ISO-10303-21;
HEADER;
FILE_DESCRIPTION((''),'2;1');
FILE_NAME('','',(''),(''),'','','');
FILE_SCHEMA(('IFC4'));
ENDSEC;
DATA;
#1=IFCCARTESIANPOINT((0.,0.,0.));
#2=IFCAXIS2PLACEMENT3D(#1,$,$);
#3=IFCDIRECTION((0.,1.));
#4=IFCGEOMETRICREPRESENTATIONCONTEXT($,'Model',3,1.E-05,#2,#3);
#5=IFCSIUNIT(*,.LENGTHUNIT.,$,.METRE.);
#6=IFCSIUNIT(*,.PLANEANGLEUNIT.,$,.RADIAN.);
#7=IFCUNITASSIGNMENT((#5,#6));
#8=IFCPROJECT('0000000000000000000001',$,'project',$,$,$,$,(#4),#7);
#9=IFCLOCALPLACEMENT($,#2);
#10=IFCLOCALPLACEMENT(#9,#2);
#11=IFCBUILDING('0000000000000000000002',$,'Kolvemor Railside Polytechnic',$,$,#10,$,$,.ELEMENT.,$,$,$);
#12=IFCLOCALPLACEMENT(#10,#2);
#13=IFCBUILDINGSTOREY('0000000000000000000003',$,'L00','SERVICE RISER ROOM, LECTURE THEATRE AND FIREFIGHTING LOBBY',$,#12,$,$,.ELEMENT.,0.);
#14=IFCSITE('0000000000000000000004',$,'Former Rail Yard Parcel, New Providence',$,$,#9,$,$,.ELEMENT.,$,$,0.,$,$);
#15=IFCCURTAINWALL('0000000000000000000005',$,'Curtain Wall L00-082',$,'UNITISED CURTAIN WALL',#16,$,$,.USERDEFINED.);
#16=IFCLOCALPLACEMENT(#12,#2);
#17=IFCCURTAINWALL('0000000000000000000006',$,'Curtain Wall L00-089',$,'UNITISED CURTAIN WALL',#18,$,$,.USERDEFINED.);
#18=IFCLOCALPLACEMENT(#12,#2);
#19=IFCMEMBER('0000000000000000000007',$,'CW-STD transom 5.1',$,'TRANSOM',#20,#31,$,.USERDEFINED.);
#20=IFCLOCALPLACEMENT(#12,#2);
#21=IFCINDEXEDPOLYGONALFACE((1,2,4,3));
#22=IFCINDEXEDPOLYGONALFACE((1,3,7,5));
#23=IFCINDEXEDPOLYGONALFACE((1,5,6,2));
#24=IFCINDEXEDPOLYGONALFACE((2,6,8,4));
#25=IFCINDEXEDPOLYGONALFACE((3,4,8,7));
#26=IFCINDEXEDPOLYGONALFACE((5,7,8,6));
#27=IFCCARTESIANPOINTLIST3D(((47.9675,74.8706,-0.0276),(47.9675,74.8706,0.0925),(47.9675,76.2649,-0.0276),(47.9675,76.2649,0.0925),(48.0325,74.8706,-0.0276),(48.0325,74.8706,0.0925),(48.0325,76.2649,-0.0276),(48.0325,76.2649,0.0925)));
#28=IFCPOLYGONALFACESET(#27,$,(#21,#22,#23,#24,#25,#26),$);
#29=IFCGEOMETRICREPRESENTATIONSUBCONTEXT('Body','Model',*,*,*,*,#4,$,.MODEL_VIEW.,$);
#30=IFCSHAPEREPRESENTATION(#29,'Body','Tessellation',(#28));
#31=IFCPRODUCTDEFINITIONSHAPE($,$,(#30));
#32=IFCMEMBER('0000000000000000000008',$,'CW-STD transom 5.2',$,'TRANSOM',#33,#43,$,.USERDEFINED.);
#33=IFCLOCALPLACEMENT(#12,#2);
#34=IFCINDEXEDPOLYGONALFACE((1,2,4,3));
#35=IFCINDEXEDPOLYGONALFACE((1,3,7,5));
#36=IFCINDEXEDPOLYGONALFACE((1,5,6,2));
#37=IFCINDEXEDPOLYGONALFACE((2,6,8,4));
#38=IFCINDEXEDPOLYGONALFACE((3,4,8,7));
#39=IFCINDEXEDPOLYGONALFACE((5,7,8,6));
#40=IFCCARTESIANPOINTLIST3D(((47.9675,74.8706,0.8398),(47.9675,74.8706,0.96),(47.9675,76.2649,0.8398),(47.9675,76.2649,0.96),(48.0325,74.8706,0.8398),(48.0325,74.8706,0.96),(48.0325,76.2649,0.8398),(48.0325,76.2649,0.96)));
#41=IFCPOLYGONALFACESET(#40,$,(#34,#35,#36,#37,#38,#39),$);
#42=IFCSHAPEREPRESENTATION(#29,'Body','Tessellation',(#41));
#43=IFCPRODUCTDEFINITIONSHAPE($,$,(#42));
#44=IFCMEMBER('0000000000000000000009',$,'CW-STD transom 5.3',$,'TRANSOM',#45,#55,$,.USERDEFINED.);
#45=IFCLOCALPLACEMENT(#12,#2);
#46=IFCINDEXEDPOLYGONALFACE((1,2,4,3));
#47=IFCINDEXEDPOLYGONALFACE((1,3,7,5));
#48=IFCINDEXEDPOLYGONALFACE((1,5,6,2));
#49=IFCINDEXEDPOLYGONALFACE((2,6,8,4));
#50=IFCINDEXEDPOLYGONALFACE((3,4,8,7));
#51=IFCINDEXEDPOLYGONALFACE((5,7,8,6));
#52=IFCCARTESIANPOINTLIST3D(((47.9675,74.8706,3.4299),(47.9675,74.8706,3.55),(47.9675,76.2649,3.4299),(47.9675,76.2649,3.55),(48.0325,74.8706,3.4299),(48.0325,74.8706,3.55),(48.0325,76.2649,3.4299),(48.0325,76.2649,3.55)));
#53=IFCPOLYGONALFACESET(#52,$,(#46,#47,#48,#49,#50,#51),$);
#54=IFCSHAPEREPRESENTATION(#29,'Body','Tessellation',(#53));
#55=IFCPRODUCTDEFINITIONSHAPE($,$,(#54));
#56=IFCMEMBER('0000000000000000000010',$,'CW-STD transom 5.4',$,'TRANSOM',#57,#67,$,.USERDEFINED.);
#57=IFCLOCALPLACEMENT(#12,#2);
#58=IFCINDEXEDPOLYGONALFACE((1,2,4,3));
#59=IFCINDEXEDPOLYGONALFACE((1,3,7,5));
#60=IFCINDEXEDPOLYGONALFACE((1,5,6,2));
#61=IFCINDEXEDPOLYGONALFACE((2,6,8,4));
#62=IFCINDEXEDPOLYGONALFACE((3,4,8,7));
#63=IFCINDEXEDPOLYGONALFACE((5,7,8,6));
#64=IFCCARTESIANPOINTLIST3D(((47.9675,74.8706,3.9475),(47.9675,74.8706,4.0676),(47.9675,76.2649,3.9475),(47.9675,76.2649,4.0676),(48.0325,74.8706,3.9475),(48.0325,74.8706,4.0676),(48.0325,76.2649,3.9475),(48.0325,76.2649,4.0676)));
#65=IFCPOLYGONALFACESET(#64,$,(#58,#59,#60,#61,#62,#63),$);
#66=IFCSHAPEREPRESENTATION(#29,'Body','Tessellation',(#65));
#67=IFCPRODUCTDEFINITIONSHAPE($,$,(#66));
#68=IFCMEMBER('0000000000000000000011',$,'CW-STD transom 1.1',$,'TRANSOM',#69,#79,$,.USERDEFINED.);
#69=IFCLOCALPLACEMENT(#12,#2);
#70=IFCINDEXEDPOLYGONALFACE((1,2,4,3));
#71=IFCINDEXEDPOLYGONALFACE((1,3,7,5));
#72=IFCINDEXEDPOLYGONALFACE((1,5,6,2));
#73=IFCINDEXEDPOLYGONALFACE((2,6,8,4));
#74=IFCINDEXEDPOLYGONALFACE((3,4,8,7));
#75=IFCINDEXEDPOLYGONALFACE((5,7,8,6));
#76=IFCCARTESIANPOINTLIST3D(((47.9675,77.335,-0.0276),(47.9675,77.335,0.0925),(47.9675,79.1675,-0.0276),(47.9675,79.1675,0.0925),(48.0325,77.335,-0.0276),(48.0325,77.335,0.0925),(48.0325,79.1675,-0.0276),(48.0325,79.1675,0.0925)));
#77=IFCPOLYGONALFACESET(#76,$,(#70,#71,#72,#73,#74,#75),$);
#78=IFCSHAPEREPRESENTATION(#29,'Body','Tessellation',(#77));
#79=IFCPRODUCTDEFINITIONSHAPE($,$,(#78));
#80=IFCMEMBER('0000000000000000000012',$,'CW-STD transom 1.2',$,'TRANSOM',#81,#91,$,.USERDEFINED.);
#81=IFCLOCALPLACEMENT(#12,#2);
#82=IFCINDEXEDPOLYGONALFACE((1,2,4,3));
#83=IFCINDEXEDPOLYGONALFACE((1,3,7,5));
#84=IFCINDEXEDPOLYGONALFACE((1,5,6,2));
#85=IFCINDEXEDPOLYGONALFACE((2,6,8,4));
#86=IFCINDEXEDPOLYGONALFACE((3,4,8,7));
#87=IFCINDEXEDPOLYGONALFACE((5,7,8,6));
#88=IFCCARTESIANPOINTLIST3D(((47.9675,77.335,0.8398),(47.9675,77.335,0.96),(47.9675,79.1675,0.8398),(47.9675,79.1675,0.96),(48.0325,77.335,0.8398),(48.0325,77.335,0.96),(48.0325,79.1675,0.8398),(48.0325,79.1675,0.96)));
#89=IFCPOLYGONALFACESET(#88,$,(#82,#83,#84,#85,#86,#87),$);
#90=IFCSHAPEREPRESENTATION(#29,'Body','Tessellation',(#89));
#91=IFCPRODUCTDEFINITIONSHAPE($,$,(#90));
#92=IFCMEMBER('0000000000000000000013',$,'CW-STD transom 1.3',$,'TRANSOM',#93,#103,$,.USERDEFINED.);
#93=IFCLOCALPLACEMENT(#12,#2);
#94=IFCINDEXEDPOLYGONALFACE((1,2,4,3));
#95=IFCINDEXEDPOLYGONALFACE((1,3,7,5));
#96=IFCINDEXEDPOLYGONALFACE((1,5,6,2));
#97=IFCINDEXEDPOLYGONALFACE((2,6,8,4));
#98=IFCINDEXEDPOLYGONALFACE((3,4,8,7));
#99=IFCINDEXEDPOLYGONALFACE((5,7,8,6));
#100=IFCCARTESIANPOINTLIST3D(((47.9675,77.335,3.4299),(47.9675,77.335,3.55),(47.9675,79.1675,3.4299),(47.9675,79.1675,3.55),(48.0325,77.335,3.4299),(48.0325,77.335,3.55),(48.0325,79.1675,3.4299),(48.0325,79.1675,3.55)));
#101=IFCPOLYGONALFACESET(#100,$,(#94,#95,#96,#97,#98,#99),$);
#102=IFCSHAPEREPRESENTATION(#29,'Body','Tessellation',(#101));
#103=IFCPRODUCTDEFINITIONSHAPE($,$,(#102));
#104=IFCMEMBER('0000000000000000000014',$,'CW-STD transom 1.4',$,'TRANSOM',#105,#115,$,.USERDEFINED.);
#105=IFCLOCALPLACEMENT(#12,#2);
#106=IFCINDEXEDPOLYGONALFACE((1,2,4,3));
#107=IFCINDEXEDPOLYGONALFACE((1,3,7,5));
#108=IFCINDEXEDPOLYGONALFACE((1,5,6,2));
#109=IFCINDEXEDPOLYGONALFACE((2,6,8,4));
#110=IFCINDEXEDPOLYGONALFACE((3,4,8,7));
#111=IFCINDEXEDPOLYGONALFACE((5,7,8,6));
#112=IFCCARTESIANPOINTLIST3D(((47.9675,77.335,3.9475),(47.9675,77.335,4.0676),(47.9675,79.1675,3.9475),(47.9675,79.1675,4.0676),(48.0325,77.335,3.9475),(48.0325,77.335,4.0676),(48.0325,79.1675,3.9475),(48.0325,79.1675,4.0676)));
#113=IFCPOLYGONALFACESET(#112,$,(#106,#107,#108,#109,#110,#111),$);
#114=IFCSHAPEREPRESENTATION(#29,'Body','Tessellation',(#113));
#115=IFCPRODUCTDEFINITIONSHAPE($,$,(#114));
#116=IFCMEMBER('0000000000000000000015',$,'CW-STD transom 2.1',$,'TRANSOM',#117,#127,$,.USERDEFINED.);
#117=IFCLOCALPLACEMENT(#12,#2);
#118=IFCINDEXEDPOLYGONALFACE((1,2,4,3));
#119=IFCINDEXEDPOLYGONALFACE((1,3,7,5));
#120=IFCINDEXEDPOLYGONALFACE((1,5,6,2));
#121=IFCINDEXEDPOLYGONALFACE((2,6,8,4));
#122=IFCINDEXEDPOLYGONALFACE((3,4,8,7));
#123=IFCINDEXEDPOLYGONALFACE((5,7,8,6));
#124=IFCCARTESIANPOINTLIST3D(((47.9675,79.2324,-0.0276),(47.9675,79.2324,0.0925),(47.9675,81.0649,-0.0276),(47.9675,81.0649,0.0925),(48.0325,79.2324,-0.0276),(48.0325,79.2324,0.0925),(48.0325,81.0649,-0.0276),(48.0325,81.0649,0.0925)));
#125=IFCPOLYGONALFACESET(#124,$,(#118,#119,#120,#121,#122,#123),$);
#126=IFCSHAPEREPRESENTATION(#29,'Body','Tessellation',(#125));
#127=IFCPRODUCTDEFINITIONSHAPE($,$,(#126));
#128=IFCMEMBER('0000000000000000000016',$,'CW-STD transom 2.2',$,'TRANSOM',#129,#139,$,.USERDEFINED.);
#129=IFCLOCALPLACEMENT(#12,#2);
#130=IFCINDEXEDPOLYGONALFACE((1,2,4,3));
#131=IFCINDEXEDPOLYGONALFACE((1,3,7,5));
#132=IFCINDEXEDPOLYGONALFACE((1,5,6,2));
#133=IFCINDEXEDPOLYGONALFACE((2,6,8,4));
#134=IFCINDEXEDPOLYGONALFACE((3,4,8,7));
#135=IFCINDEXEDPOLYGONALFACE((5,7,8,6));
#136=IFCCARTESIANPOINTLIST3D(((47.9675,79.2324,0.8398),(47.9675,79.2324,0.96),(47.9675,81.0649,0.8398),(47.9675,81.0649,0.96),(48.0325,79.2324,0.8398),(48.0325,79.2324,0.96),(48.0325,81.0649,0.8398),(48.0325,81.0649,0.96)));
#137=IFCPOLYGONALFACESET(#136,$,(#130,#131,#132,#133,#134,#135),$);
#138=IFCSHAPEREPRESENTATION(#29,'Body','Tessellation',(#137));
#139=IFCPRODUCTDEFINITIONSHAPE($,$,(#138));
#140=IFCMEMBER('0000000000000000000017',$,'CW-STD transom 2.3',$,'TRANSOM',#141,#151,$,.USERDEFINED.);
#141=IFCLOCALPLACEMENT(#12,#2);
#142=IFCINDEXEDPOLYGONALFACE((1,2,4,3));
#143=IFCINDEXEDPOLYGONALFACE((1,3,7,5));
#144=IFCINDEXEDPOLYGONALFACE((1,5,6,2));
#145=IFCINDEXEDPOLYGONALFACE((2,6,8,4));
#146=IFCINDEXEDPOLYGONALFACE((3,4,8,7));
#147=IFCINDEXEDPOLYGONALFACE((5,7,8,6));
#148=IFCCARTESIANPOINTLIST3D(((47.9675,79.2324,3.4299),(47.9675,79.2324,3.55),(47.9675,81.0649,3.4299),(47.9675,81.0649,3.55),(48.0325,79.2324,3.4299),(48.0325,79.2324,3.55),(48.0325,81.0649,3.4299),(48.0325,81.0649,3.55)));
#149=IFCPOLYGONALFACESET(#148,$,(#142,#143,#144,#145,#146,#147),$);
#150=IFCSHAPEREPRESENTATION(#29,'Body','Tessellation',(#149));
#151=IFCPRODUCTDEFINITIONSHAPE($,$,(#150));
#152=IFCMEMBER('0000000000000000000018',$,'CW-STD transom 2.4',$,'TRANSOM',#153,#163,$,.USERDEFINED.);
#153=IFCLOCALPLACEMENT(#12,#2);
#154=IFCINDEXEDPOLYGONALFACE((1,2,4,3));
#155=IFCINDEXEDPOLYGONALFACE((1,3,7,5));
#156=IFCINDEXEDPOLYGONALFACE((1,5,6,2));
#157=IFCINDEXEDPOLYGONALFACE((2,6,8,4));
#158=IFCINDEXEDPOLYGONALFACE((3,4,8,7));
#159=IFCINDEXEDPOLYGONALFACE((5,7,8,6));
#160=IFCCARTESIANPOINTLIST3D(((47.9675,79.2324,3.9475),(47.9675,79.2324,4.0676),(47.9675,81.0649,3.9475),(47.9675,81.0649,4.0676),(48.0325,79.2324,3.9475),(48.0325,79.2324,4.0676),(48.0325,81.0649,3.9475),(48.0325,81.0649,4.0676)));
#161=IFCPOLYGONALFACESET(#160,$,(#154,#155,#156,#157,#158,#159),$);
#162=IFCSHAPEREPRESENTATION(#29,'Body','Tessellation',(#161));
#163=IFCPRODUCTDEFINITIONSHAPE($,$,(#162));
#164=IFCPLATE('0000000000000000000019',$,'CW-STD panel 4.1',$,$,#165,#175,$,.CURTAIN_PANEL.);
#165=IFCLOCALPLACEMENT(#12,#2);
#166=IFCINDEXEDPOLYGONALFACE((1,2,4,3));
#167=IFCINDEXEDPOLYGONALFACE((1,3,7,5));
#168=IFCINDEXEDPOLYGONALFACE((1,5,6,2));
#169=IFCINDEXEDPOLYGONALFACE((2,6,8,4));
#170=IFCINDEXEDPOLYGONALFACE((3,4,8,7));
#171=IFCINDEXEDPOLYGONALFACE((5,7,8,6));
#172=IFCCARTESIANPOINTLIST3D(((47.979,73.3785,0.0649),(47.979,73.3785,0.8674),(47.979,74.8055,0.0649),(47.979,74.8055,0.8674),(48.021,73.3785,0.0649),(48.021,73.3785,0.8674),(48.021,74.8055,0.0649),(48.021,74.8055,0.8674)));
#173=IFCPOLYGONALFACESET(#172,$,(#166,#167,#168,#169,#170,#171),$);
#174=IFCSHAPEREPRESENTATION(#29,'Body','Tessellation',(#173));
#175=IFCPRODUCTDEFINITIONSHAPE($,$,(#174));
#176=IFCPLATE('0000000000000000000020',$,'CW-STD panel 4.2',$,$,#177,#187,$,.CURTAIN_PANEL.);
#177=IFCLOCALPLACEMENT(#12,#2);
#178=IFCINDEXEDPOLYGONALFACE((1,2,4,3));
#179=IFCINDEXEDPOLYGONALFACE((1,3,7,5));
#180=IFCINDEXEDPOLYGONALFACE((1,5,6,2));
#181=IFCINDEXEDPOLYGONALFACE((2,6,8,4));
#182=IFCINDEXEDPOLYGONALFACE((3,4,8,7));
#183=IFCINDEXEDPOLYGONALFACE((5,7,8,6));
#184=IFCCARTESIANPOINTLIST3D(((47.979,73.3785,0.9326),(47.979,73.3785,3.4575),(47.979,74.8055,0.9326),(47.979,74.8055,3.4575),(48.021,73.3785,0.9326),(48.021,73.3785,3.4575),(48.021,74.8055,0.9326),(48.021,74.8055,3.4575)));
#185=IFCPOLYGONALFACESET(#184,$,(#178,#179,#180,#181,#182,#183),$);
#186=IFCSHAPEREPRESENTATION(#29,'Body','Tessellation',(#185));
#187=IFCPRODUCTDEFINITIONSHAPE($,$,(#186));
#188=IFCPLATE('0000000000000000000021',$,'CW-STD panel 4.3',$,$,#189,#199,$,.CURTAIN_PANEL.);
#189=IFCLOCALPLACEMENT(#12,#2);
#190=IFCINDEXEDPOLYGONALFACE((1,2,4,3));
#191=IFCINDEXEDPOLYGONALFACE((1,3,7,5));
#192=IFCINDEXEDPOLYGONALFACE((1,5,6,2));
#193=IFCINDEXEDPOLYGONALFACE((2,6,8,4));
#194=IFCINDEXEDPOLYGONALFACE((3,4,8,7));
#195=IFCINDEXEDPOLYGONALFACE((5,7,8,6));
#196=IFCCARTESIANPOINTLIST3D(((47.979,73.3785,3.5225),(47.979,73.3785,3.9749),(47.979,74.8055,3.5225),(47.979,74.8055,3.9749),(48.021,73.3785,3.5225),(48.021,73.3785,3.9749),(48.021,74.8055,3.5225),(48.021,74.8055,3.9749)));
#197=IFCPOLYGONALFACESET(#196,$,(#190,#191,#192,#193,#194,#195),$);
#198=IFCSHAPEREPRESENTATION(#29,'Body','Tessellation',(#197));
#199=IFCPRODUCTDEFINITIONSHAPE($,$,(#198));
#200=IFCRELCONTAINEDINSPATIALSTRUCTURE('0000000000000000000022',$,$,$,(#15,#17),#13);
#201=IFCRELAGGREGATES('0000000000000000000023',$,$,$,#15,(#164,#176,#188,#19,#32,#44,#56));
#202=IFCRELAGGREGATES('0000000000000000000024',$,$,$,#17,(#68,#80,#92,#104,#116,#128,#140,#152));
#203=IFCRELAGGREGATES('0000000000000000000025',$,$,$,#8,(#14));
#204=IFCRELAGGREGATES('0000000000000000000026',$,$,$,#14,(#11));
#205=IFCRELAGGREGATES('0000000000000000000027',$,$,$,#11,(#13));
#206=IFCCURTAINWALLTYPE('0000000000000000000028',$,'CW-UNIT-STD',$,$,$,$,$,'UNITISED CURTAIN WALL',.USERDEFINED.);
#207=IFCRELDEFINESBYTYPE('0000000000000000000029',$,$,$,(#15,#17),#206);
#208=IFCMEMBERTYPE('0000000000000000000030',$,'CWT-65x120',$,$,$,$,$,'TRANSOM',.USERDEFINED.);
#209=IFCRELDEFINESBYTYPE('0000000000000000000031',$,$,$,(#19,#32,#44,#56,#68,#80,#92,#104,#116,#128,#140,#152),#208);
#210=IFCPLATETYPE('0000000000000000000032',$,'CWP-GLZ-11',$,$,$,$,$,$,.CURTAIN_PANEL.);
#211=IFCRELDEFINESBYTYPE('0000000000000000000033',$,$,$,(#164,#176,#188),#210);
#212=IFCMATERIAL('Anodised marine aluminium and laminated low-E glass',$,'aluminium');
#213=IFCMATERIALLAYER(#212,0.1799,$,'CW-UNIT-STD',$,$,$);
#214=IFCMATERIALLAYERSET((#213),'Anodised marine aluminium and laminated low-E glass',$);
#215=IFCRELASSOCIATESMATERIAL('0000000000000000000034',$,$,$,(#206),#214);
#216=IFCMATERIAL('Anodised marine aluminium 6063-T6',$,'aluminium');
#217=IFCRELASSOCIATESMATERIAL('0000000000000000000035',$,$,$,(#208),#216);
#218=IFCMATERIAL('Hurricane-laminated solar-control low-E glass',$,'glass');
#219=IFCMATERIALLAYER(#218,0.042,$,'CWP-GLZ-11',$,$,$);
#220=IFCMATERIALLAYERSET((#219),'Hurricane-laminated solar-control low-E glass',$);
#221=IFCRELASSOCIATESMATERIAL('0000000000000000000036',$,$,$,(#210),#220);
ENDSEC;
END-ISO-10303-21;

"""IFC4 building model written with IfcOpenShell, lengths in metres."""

from ifc_helpers import new_model, si_unit, direction, frame, origin, origin_2d, place, context, subcontext, project, spatial, rectangle, extrude, material, layer, layer_set, material_profile, profile_set, type_object, element, aggregate, save


model = new_model("IFC4")

# Units and contexts
model_context = context("Model", 3, precision=1e-05, world=origin(), true_north=direction((0.0, 1.0)))
body_context = subcontext(model_context, "Body", "Model", "MODEL_VIEW")
ifc_project = project(units=[si_unit("LENGTHUNIT", "METRE"), si_unit("PLANEANGLEUNIT", "RADIAN")], contexts=[model_context])

# Site, building, storey
site_placement = place(None, origin())
site = spatial("IfcSite", under=ifc_project, at=site_placement, Name="Former Rail Yard Parcel, New Providence", CompositionType="ELEMENT", RefElevation=0.0)
building_placement = place(site_placement, origin())
building = spatial("IfcBuilding", under=site, at=building_placement, Name="Kolvemor Railside Polytechnic", CompositionType="ELEMENT")
storey_placement = place(building_placement, origin())
storey = spatial("IfcBuildingStorey", under=building, at=storey_placement, Name="L00", Description="SERVICE RISER ROOM, LECTURE THEATRE AND FIREFIGHTING LOBBY", CompositionType="ELEMENT", Elevation=0.0)

# Curtain walls
ifc_material_1 = material(Name="Anodised marine aluminium and laminated low-E glass", Category="aluminium")
ifc_layer_1 = layer(ifc_material_1, 0.1799, Name="CW-UNIT-STD")
ifc_layer_set_1 = layer_set([ifc_layer_1], Name="Anodised marine aluminium and laminated low-E glass")
curtain_wall_type = type_object("IfcCurtainWallType", Name="CW-UNIT-STD", ElementType="UNITISED CURTAIN WALL", PredefinedType="USERDEFINED", material=ifc_layer_set_1)
curtain_wall_1_placement = place(storey_placement, origin())
curtain_wall_1 = element("IfcCurtainWall", 1, at=curtain_wall_1_placement, inside=storey, type_object=curtain_wall_type, Name="Curtain Wall L00-082", ObjectType="UNITISED CURTAIN WALL", PredefinedType="USERDEFINED")
curtain_wall_2_placement = place(storey_placement, origin())
curtain_wall_2 = element("IfcCurtainWall", 2, at=curtain_wall_2_placement, inside=storey, type_object=curtain_wall_type, Name="Curtain Wall L00-089", ObjectType="UNITISED CURTAIN WALL", PredefinedType="USERDEFINED")

# Members
ifc_material_2 = material(Name="Anodised marine aluminium 6063-T6", Category="aluminium")
ifc_material_profile_1 = material_profile(ifc_material_2, rectangle(XDim=0.0649, YDim=0.1201, at=origin_2d()), Name="CW-TRN-65x120")
ifc_profile_set_1 = profile_set([ifc_material_profile_1], Name="Anodised marine aluminium 6063-T6")
member_type_1 = type_object("IfcMemberType", Name="CWT-65x120", ElementType="TRANSOM", PredefinedType="USERDEFINED", material=ifc_profile_set_1)
member_1_placement = place(storey_placement, frame((48.0, 74.8706, 0.0325), z_axis=(0.0, 1.0, 0.0), x_axis=(-1.0, 0.0, 0.0)))
member_1 = element("IfcMember", 3, at=member_1_placement, type_object=member_type_1, Name="CW-STD transom 5.1", ObjectType="TRANSOM", PredefinedType="USERDEFINED", context=body_context, shape_type="SweptSolid", body=[
    extrude(rectangle(XDim=0.0649, YDim=0.1201, at=origin_2d()), origin(), (0.0, 0.0, 1.0), 1.3943),
])
member_2_placement = place(storey_placement, frame((48.0, 74.8706, 0.8999), z_axis=(0.0, 1.0, 0.0), x_axis=(-1.0, 0.0, 0.0)))
member_2 = element("IfcMember", 4, at=member_2_placement, type_object=member_type_1, Name="CW-STD transom 5.2", ObjectType="TRANSOM", PredefinedType="USERDEFINED", context=body_context, shape_type="SweptSolid", body=[
    extrude(rectangle(XDim=0.0649, YDim=0.1201, at=origin_2d()), origin(), (0.0, 0.0, 1.0), 1.3943),
])
member_3_placement = place(storey_placement, frame((48.0, 74.8706, 3.49), z_axis=(0.0, 1.0, 0.0), x_axis=(-1.0, 0.0, 0.0)))
member_3 = element("IfcMember", 5, at=member_3_placement, type_object=member_type_1, Name="CW-STD transom 5.3", ObjectType="TRANSOM", PredefinedType="USERDEFINED", context=body_context, shape_type="SweptSolid", body=[
    extrude(rectangle(XDim=0.0649, YDim=0.1201, at=origin_2d()), origin(), (0.0, 0.0, 1.0), 1.3943),
])
member_4_placement = place(storey_placement, frame((48.0, 74.8706, 4.0076), z_axis=(0.0, 1.0, 0.0), x_axis=(-1.0, 0.0, 0.0)))
member_4 = element("IfcMember", 6, at=member_4_placement, type_object=member_type_1, Name="CW-STD transom 5.4", ObjectType="TRANSOM", PredefinedType="USERDEFINED", context=body_context, shape_type="SweptSolid", body=[
    extrude(rectangle(XDim=0.0649, YDim=0.1201, at=origin_2d()), origin(), (0.0, 0.0, 1.0), 1.3943),
])
member_5_placement = place(storey_placement, frame((48.0, 77.335, 0.0325), z_axis=(0.0, 1.0, 0.0), x_axis=(-1.0, 0.0, 0.0)))
member_5 = element("IfcMember", 7, at=member_5_placement, type_object=member_type_1, Name="CW-STD transom 1.1", ObjectType="TRANSOM", PredefinedType="USERDEFINED", context=body_context, shape_type="SweptSolid", body=[
    extrude(rectangle(XDim=0.0649, YDim=0.1201, at=origin_2d()), origin(), (0.0, 0.0, 1.0), 1.8325),
])
member_6_placement = place(storey_placement, frame((48.0, 77.335, 0.8999), z_axis=(0.0, 1.0, 0.0), x_axis=(-1.0, 0.0, 0.0)))
member_6 = element("IfcMember", 8, at=member_6_placement, type_object=member_type_1, Name="CW-STD transom 1.2", ObjectType="TRANSOM", PredefinedType="USERDEFINED", context=body_context, shape_type="SweptSolid", body=[
    extrude(rectangle(XDim=0.0649, YDim=0.1201, at=origin_2d()), origin(), (0.0, 0.0, 1.0), 1.8325),
])
member_7_placement = place(storey_placement, frame((48.0, 77.335, 3.49), z_axis=(0.0, 1.0, 0.0), x_axis=(-1.0, 0.0, 0.0)))
member_7 = element("IfcMember", 9, at=member_7_placement, type_object=member_type_1, Name="CW-STD transom 1.3", ObjectType="TRANSOM", PredefinedType="USERDEFINED", context=body_context, shape_type="SweptSolid", body=[
    extrude(rectangle(XDim=0.0649, YDim=0.1201, at=origin_2d()), origin(), (0.0, 0.0, 1.0), 1.8325),
])
member_8_placement = place(storey_placement, frame((48.0, 77.335, 4.0076), z_axis=(0.0, 1.0, 0.0), x_axis=(-1.0, 0.0, 0.0)))
member_8 = element("IfcMember", 10, at=member_8_placement, type_object=member_type_1, Name="CW-STD transom 1.4", ObjectType="TRANSOM", PredefinedType="USERDEFINED", context=body_context, shape_type="SweptSolid", body=[
    extrude(rectangle(XDim=0.0649, YDim=0.1201, at=origin_2d()), origin(), (0.0, 0.0, 1.0), 1.8325),
])
member_9_placement = place(storey_placement, frame((48.0, 79.2324, 0.0325), z_axis=(0.0, 1.0, 0.0), x_axis=(-1.0, 0.0, 0.0)))
member_9 = element("IfcMember", 11, at=member_9_placement, type_object=member_type_1, Name="CW-STD transom 2.1", ObjectType="TRANSOM", PredefinedType="USERDEFINED", context=body_context, shape_type="SweptSolid", body=[
    extrude(rectangle(XDim=0.0649, YDim=0.1201, at=origin_2d()), origin(), (0.0, 0.0, 1.0), 1.8325),
])
member_10_placement = place(storey_placement, frame((48.0, 79.2324, 0.8999), z_axis=(0.0, 1.0, 0.0), x_axis=(-1.0, 0.0, 0.0)))
member_10 = element("IfcMember", 12, at=member_10_placement, type_object=member_type_1, Name="CW-STD transom 2.2", ObjectType="TRANSOM", PredefinedType="USERDEFINED", context=body_context, shape_type="SweptSolid", body=[
    extrude(rectangle(XDim=0.0649, YDim=0.1201, at=origin_2d()), origin(), (0.0, 0.0, 1.0), 1.8325),
])
member_11_placement = place(storey_placement, frame((48.0, 79.2324, 3.49), z_axis=(0.0, 1.0, 0.0), x_axis=(-1.0, 0.0, 0.0)))
member_11 = element("IfcMember", 13, at=member_11_placement, type_object=member_type_1, Name="CW-STD transom 2.3", ObjectType="TRANSOM", PredefinedType="USERDEFINED", context=body_context, shape_type="SweptSolid", body=[
    extrude(rectangle(XDim=0.0649, YDim=0.1201, at=origin_2d()), origin(), (0.0, 0.0, 1.0), 1.8325),
])
member_12_placement = place(storey_placement, frame((48.0, 79.2324, 4.0076), z_axis=(0.0, 1.0, 0.0), x_axis=(-1.0, 0.0, 0.0)))
member_12 = element("IfcMember", 14, at=member_12_placement, type_object=member_type_1, Name="CW-STD transom 2.4", ObjectType="TRANSOM", PredefinedType="USERDEFINED", context=body_context, shape_type="SweptSolid", body=[
    extrude(rectangle(XDim=0.0649, YDim=0.1201, at=origin_2d()), origin(), (0.0, 0.0, 1.0), 1.8325),
])

# Plates
ifc_material_3 = material(Name="Hurricane-laminated solar-control low-E glass", Category="glass")
ifc_layer_2 = layer(ifc_material_3, 0.042, Name="CWP-GLZ-11")
ifc_layer_set_2 = layer_set([ifc_layer_2], Name="Hurricane-laminated solar-control low-E glass")
plate_type_1 = type_object("IfcPlateType", Name="CWP-GLZ-11", PredefinedType="CURTAIN_PANEL", material=ifc_layer_set_2)
plate_1_placement = place(storey_placement, frame((48.0, 74.092, 0.0649), z_axis=(0.0, 0.0, 1.0), x_axis=(0.0, 1.0, 0.0)))
plate_1 = element("IfcPlate", 15, at=plate_1_placement, type_object=plate_type_1, Name="CW-STD panel 4.1", PredefinedType="CURTAIN_PANEL", context=body_context, shape_type="SweptSolid", body=[
    extrude(rectangle(XDim=1.427, YDim=0.042, at=origin_2d()), origin(), (0.0, 0.0, 1.0), 0.8025),
])
plate_2_placement = place(storey_placement, frame((48.0, 74.092, 0.9326), z_axis=(0.0, 0.0, 1.0), x_axis=(0.0, 1.0, 0.0)))
plate_2 = element("IfcPlate", 16, at=plate_2_placement, type_object=plate_type_1, Name="CW-STD panel 4.2", PredefinedType="CURTAIN_PANEL", context=body_context, shape_type="SweptSolid", body=[
    extrude(rectangle(XDim=1.427, YDim=0.042, at=origin_2d()), origin(), (0.0, 0.0, 1.0), 2.5249),
])
plate_3_placement = place(storey_placement, frame((48.0, 74.092, 3.5225), z_axis=(0.0, 0.0, 1.0), x_axis=(0.0, 1.0, 0.0)))
plate_3 = element("IfcPlate", 17, at=plate_3_placement, type_object=plate_type_1, Name="CW-STD panel 4.3", PredefinedType="CURTAIN_PANEL", context=body_context, shape_type="SweptSolid", body=[
    extrude(rectangle(XDim=1.427, YDim=0.042, at=origin_2d()), origin(), (0.0, 0.0, 1.0), 0.4524),
])
aggregate(curtain_wall_1, [plate_1, plate_2, plate_3, member_1, member_2, member_3, member_4])
aggregate(curtain_wall_2, [member_5, member_6, member_7, member_8, member_9, member_10, member_11, member_12])

save(model, "model.ifc")
